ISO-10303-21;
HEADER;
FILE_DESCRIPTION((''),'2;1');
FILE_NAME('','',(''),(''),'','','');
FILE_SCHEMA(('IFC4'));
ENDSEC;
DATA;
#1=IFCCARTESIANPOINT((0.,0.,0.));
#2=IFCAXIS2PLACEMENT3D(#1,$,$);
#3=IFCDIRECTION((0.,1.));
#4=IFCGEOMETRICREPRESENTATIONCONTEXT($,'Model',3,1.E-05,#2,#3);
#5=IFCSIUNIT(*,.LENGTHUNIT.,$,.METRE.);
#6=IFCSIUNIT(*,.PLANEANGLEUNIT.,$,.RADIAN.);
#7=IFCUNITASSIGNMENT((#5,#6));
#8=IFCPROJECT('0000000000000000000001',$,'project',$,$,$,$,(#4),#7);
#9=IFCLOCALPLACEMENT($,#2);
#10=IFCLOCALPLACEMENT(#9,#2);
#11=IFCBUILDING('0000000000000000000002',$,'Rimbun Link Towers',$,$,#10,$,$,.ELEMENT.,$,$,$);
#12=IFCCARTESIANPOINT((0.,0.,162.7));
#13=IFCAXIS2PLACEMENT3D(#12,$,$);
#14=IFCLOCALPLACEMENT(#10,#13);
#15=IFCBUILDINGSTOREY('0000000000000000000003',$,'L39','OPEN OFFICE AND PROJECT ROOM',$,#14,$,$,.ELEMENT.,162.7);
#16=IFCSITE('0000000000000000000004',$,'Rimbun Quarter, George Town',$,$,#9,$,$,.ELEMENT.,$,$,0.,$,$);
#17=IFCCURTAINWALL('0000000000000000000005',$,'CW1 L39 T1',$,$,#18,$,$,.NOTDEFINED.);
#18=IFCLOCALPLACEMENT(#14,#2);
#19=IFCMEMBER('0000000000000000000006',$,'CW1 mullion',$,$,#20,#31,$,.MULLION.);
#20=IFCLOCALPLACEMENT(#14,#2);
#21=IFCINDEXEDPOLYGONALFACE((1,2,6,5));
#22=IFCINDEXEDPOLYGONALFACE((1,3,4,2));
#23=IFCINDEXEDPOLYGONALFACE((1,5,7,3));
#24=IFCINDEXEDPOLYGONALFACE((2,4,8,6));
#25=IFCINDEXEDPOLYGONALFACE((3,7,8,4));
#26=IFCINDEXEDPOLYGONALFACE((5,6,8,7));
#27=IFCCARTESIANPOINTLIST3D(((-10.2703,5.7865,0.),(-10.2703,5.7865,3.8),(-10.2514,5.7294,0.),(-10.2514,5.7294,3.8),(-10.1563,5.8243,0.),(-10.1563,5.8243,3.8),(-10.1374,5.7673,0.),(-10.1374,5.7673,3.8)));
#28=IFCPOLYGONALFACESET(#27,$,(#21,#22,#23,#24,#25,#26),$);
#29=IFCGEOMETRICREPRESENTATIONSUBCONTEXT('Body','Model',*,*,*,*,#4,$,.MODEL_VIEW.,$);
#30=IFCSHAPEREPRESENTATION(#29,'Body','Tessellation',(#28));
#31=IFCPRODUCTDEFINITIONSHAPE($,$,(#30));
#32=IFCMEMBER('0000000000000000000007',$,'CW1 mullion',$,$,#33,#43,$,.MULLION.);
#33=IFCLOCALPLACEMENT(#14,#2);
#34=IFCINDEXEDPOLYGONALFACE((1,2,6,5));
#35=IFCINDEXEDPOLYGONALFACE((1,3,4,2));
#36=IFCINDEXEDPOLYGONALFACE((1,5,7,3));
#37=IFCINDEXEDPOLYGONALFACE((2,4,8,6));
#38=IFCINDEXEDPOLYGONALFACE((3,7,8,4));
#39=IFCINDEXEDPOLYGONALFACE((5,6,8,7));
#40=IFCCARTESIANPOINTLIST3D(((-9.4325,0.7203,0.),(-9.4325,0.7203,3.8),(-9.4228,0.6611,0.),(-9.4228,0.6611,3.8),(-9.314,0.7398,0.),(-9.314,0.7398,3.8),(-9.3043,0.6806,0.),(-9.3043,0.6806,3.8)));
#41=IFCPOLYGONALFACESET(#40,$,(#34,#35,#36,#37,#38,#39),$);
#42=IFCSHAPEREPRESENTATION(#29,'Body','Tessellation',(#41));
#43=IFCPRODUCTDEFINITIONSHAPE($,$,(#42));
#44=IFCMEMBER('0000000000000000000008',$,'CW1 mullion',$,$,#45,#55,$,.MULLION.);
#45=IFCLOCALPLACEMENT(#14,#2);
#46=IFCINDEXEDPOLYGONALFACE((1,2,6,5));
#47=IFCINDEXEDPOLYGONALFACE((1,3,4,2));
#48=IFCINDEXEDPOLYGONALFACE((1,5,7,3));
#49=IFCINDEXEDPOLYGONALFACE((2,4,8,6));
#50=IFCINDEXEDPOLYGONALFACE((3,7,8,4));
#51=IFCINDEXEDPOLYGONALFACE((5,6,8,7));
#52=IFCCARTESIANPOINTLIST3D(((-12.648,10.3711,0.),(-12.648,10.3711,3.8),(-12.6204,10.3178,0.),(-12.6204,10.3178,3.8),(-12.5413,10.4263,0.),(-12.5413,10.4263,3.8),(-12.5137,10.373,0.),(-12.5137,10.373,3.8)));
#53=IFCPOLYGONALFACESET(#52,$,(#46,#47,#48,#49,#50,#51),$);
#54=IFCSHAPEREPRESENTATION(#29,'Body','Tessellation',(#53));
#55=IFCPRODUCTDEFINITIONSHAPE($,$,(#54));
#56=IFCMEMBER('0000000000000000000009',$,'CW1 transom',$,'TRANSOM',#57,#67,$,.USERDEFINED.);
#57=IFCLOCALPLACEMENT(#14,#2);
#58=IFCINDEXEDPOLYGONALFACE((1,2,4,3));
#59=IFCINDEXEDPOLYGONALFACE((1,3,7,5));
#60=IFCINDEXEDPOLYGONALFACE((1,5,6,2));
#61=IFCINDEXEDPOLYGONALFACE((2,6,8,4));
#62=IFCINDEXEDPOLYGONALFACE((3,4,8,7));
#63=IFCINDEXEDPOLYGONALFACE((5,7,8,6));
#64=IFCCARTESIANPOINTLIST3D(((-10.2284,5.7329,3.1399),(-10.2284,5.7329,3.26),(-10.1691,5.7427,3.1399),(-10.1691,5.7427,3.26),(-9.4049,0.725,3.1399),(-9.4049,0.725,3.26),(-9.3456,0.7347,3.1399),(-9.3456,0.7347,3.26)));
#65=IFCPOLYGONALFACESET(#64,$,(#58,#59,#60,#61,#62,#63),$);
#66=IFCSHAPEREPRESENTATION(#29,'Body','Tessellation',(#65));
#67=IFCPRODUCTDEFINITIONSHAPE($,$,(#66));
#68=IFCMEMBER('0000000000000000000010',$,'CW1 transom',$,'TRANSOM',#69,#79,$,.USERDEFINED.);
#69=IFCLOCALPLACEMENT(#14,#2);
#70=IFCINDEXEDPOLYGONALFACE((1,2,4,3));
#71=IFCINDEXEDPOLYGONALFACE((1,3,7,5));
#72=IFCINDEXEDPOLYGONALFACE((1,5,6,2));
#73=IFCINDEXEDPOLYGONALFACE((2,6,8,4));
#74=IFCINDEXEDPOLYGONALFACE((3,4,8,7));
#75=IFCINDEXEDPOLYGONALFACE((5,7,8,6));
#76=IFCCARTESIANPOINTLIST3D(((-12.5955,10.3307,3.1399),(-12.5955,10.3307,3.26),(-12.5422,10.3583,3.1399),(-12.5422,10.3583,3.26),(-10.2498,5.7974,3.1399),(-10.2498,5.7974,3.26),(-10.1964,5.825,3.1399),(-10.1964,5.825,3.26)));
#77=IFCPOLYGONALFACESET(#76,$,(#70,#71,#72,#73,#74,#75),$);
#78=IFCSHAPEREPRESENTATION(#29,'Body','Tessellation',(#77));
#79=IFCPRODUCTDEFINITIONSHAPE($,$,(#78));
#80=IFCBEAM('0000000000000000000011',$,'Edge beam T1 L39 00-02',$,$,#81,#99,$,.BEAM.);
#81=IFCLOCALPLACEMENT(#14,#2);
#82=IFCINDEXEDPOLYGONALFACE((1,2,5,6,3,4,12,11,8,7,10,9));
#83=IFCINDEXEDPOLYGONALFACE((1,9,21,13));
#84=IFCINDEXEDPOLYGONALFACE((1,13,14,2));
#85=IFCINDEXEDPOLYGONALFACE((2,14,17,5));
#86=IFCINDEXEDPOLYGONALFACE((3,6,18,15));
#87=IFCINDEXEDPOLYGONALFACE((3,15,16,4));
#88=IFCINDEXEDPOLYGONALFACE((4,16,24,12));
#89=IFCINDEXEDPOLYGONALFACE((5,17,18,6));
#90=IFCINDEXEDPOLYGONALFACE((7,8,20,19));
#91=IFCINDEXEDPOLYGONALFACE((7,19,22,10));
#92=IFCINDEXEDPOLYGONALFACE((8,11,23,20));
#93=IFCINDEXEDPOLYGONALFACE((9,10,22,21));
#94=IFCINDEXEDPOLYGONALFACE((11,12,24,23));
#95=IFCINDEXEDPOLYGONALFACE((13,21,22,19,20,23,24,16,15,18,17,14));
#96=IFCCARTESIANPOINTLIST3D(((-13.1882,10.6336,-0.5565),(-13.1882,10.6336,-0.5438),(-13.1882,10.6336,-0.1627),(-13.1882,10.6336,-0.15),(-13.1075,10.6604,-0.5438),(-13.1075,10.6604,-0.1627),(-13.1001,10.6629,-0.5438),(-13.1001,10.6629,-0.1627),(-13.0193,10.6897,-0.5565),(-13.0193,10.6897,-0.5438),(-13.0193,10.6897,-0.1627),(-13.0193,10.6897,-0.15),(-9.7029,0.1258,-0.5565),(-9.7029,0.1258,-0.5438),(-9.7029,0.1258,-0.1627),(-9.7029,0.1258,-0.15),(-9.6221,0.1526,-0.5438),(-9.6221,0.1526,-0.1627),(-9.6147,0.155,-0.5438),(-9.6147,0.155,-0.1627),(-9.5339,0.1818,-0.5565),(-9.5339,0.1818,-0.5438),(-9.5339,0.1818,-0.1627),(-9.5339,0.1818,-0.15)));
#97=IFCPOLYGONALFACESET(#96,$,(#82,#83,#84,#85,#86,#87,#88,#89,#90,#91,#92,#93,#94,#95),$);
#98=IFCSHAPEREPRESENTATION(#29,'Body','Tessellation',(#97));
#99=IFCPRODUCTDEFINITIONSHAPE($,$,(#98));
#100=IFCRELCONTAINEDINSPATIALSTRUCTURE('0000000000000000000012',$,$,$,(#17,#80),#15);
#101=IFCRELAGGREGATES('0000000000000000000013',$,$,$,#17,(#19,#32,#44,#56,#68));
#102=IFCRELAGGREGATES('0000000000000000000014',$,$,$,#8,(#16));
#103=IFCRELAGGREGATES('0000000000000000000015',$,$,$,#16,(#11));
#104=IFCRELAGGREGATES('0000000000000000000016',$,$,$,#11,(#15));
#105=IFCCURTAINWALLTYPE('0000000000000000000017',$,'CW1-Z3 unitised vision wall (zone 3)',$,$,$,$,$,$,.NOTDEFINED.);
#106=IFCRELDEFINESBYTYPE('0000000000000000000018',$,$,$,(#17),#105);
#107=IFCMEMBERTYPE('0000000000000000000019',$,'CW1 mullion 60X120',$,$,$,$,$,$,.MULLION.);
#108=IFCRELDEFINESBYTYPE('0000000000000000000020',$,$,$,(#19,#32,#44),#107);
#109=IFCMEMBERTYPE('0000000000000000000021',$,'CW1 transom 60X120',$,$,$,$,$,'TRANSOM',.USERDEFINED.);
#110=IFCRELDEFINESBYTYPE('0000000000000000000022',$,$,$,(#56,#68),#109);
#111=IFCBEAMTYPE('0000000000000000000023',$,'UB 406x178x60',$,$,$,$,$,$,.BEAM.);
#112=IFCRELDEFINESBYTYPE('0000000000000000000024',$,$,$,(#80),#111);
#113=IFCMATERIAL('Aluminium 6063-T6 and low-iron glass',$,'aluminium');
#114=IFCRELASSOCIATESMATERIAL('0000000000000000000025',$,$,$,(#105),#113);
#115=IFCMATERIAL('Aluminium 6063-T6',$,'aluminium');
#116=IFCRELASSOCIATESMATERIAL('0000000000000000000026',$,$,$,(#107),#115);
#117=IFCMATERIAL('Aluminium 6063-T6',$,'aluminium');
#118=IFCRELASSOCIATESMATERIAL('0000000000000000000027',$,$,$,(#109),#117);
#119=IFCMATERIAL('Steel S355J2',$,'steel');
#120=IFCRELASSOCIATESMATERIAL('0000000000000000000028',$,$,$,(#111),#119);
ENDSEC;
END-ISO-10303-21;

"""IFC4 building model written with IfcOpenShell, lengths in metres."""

from ifc_helpers import new_model, si_unit, direction, frame, origin, origin_2d, place, context, subcontext, project, spatial, rectangle, i_section, extrude, material, material_profile, profile_set, type_object, element, aggregate, save


model = new_model("IFC4")

# Units and contexts
model_context = context("Model", 3, precision=1e-05, world=origin(), true_north=direction((0.0, 1.0)))
body_context = subcontext(model_context, "Body", "Model", "MODEL_VIEW")
ifc_project = project(units=[si_unit("LENGTHUNIT", "METRE"), si_unit("PLANEANGLEUNIT", "RADIAN")], contexts=[model_context])

# Site, building, storey
site_placement = place(None, origin())
site = spatial("IfcSite", under=ifc_project, at=site_placement, Name="Rimbun Quarter, George Town", CompositionType="ELEMENT", RefElevation=0.0)
building_placement = place(site_placement, origin())
building = spatial("IfcBuilding", under=site, at=building_placement, Name="Rimbun Link Towers", CompositionType="ELEMENT")
storey_placement = place(building_placement, frame((0.0, 0.0, 162.7)))
storey = spatial("IfcBuildingStorey", under=building, at=storey_placement, Name="L39", Description="OPEN OFFICE AND PROJECT ROOM", CompositionType="ELEMENT", Elevation=162.7)

# Curtain wall, members
ifc_material_1 = material(Name="Aluminium 6063-T6 and low-iron glass", Category="aluminium")
curtain_wall_type = type_object("IfcCurtainWallType", Name="CW1-Z3 unitised vision wall (zone 3)", PredefinedType="NOTDEFINED", material=ifc_material_1)
curtain_wall_placement = place(storey_placement, origin())
curtain_wall = element("IfcCurtainWall", 1, at=curtain_wall_placement, inside=storey, type_object=curtain_wall_type, Name="CW1 L39 T1", PredefinedType="NOTDEFINED")
ifc_material_2 = material(Name="Aluminium 6063-T6", Category="aluminium")
ifc_material_profile_1 = material_profile(ifc_material_2, rectangle(XDim=0.1201, YDim=0.0601, at=origin_2d()), Name="MULLION 60X120")
ifc_profile_set_1 = profile_set([ifc_material_profile_1], Name="Aluminium 6063-T6")
member_type_1 = type_object("IfcMemberType", Name="CW1 mullion 60X120", PredefinedType="MULLION", material=ifc_profile_set_1)
member_1_placement = place(storey_placement, frame((-10.2039, 5.7769, 0.0), z_axis=(0.0, 0.0, 1.0), x_axis=(0.94916, 0.314794, 0.0)))
member_1 = element("IfcMember", 2, at=member_1_placement, type_object=member_type_1, Name="CW1 mullion", PredefinedType="MULLION", context=body_context, shape_type="SweptSolid", body=[
    extrude(rectangle(XDim=0.1201, YDim=0.0601, at=origin_2d()), origin(), (0.0, 0.0, 1.0), 3.8),
])
member_2_placement = place(storey_placement, frame((-9.3684, 0.7004, 0.0), z_axis=(0.0, 0.0, 1.0), x_axis=(0.986749, 0.162253, 0.0)))
member_2 = element("IfcMember", 3, at=member_2_placement, type_object=member_type_1, Name="CW1 mullion", PredefinedType="MULLION", context=body_context, shape_type="SweptSolid", body=[
    extrude(rectangle(XDim=0.1201, YDim=0.0601, at=origin_2d()), origin(), (0.0, 0.0, 1.0), 3.8),
])
member_3_placement = place(storey_placement, frame((-12.5808, 10.3721, 0.0), z_axis=(0.0, 0.0, 1.0), x_axis=(0.888144, 0.459565, 0.0)))
member_3 = element("IfcMember", 4, at=member_3_placement, type_object=member_type_1, Name="CW1 mullion", PredefinedType="MULLION", context=body_context, shape_type="SweptSolid", body=[
    extrude(rectangle(XDim=0.1201, YDim=0.0601, at=origin_2d()), origin(), (0.0, 0.0, 1.0), 3.8),
])
ifc_material_3 = material(Name="Aluminium 6063-T6", Category="aluminium")
ifc_material_profile_2 = material_profile(ifc_material_3, rectangle(XDim=0.0601, YDim=0.1201, at=origin_2d()), Name="TRANSOM 60X120")
ifc_profile_set_2 = profile_set([ifc_material_profile_2], Name="Aluminium 6063-T6")
member_type_2 = type_object("IfcMemberType", Name="CW1 transom 60X120", ElementType="TRANSOM", PredefinedType="USERDEFINED", material=ifc_profile_set_2)
member_4_placement = place(storey_placement, frame((-10.1987, 5.7378, 3.2), z_axis=(0.162253, -0.986749, 0.0), x_axis=(0.986749, 0.162253, 0.0)))
member_4 = element("IfcMember", 5, at=member_4_placement, type_object=member_type_2, Name="CW1 transom", ObjectType="TRANSOM", PredefinedType="USERDEFINED", context=body_context, shape_type="SweptSolid", body=[
    extrude(rectangle(XDim=0.0601, YDim=0.1201, at=origin_2d()), origin(), (0.0, 0.0, 1.0), 5.0752),
])
member_5_placement = place(storey_placement, frame((-12.5688, 10.3445, 3.2), z_axis=(0.459569, -0.888142, 0.0), x_axis=(0.888142, 0.459569, 0.0)))
member_5 = element("IfcMember", 6, at=member_5_placement, type_object=member_type_2, Name="CW1 transom", ObjectType="TRANSOM", PredefinedType="USERDEFINED", context=body_context, shape_type="SweptSolid", body=[
    extrude(rectangle(XDim=0.0601, YDim=0.1201, at=origin_2d()), origin(), (0.0, 0.0, 1.0), 5.1042),
])

# Beam
ifc_material_4 = material(Name="Steel S355J2", Category="steel")
ifc_material_profile_3 = material_profile(ifc_material_4, i_section(OverallWidth=0.178, OverallDepth=0.4065, WebThickness=0.0078, FlangeThickness=0.0127, at=origin_2d()), Name="UB 406x178x60")
ifc_profile_set_3 = profile_set([ifc_material_profile_3], Name="Steel S355J2")
beam_type = type_object("IfcBeamType", Name="UB 406x178x60", PredefinedType="BEAM", material=ifc_profile_set_3)
beam_placement = place(storey_placement, frame((-9.6184, 0.1538, -0.3533), z_axis=(-0.314825, 0.94915, 0.0), x_axis=(-0.94915, -0.314825, 0.0)))
element("IfcBeam", 7, at=beam_placement, inside=storey, type_object=beam_type, Name="Edge beam T1 L39 00-02", PredefinedType="BEAM", context=body_context, shape_type="SweptSolid", body=[
    extrude(i_section(OverallWidth=0.178, OverallDepth=0.4065, WebThickness=0.0078, FlangeThickness=0.0127, at=origin_2d()), origin(), (0.0, 0.0, 1.0), 11.0708),
])

aggregate(curtain_wall, [member_1, member_2, member_3, member_4, member_5])

save(model, "model.ifc")
